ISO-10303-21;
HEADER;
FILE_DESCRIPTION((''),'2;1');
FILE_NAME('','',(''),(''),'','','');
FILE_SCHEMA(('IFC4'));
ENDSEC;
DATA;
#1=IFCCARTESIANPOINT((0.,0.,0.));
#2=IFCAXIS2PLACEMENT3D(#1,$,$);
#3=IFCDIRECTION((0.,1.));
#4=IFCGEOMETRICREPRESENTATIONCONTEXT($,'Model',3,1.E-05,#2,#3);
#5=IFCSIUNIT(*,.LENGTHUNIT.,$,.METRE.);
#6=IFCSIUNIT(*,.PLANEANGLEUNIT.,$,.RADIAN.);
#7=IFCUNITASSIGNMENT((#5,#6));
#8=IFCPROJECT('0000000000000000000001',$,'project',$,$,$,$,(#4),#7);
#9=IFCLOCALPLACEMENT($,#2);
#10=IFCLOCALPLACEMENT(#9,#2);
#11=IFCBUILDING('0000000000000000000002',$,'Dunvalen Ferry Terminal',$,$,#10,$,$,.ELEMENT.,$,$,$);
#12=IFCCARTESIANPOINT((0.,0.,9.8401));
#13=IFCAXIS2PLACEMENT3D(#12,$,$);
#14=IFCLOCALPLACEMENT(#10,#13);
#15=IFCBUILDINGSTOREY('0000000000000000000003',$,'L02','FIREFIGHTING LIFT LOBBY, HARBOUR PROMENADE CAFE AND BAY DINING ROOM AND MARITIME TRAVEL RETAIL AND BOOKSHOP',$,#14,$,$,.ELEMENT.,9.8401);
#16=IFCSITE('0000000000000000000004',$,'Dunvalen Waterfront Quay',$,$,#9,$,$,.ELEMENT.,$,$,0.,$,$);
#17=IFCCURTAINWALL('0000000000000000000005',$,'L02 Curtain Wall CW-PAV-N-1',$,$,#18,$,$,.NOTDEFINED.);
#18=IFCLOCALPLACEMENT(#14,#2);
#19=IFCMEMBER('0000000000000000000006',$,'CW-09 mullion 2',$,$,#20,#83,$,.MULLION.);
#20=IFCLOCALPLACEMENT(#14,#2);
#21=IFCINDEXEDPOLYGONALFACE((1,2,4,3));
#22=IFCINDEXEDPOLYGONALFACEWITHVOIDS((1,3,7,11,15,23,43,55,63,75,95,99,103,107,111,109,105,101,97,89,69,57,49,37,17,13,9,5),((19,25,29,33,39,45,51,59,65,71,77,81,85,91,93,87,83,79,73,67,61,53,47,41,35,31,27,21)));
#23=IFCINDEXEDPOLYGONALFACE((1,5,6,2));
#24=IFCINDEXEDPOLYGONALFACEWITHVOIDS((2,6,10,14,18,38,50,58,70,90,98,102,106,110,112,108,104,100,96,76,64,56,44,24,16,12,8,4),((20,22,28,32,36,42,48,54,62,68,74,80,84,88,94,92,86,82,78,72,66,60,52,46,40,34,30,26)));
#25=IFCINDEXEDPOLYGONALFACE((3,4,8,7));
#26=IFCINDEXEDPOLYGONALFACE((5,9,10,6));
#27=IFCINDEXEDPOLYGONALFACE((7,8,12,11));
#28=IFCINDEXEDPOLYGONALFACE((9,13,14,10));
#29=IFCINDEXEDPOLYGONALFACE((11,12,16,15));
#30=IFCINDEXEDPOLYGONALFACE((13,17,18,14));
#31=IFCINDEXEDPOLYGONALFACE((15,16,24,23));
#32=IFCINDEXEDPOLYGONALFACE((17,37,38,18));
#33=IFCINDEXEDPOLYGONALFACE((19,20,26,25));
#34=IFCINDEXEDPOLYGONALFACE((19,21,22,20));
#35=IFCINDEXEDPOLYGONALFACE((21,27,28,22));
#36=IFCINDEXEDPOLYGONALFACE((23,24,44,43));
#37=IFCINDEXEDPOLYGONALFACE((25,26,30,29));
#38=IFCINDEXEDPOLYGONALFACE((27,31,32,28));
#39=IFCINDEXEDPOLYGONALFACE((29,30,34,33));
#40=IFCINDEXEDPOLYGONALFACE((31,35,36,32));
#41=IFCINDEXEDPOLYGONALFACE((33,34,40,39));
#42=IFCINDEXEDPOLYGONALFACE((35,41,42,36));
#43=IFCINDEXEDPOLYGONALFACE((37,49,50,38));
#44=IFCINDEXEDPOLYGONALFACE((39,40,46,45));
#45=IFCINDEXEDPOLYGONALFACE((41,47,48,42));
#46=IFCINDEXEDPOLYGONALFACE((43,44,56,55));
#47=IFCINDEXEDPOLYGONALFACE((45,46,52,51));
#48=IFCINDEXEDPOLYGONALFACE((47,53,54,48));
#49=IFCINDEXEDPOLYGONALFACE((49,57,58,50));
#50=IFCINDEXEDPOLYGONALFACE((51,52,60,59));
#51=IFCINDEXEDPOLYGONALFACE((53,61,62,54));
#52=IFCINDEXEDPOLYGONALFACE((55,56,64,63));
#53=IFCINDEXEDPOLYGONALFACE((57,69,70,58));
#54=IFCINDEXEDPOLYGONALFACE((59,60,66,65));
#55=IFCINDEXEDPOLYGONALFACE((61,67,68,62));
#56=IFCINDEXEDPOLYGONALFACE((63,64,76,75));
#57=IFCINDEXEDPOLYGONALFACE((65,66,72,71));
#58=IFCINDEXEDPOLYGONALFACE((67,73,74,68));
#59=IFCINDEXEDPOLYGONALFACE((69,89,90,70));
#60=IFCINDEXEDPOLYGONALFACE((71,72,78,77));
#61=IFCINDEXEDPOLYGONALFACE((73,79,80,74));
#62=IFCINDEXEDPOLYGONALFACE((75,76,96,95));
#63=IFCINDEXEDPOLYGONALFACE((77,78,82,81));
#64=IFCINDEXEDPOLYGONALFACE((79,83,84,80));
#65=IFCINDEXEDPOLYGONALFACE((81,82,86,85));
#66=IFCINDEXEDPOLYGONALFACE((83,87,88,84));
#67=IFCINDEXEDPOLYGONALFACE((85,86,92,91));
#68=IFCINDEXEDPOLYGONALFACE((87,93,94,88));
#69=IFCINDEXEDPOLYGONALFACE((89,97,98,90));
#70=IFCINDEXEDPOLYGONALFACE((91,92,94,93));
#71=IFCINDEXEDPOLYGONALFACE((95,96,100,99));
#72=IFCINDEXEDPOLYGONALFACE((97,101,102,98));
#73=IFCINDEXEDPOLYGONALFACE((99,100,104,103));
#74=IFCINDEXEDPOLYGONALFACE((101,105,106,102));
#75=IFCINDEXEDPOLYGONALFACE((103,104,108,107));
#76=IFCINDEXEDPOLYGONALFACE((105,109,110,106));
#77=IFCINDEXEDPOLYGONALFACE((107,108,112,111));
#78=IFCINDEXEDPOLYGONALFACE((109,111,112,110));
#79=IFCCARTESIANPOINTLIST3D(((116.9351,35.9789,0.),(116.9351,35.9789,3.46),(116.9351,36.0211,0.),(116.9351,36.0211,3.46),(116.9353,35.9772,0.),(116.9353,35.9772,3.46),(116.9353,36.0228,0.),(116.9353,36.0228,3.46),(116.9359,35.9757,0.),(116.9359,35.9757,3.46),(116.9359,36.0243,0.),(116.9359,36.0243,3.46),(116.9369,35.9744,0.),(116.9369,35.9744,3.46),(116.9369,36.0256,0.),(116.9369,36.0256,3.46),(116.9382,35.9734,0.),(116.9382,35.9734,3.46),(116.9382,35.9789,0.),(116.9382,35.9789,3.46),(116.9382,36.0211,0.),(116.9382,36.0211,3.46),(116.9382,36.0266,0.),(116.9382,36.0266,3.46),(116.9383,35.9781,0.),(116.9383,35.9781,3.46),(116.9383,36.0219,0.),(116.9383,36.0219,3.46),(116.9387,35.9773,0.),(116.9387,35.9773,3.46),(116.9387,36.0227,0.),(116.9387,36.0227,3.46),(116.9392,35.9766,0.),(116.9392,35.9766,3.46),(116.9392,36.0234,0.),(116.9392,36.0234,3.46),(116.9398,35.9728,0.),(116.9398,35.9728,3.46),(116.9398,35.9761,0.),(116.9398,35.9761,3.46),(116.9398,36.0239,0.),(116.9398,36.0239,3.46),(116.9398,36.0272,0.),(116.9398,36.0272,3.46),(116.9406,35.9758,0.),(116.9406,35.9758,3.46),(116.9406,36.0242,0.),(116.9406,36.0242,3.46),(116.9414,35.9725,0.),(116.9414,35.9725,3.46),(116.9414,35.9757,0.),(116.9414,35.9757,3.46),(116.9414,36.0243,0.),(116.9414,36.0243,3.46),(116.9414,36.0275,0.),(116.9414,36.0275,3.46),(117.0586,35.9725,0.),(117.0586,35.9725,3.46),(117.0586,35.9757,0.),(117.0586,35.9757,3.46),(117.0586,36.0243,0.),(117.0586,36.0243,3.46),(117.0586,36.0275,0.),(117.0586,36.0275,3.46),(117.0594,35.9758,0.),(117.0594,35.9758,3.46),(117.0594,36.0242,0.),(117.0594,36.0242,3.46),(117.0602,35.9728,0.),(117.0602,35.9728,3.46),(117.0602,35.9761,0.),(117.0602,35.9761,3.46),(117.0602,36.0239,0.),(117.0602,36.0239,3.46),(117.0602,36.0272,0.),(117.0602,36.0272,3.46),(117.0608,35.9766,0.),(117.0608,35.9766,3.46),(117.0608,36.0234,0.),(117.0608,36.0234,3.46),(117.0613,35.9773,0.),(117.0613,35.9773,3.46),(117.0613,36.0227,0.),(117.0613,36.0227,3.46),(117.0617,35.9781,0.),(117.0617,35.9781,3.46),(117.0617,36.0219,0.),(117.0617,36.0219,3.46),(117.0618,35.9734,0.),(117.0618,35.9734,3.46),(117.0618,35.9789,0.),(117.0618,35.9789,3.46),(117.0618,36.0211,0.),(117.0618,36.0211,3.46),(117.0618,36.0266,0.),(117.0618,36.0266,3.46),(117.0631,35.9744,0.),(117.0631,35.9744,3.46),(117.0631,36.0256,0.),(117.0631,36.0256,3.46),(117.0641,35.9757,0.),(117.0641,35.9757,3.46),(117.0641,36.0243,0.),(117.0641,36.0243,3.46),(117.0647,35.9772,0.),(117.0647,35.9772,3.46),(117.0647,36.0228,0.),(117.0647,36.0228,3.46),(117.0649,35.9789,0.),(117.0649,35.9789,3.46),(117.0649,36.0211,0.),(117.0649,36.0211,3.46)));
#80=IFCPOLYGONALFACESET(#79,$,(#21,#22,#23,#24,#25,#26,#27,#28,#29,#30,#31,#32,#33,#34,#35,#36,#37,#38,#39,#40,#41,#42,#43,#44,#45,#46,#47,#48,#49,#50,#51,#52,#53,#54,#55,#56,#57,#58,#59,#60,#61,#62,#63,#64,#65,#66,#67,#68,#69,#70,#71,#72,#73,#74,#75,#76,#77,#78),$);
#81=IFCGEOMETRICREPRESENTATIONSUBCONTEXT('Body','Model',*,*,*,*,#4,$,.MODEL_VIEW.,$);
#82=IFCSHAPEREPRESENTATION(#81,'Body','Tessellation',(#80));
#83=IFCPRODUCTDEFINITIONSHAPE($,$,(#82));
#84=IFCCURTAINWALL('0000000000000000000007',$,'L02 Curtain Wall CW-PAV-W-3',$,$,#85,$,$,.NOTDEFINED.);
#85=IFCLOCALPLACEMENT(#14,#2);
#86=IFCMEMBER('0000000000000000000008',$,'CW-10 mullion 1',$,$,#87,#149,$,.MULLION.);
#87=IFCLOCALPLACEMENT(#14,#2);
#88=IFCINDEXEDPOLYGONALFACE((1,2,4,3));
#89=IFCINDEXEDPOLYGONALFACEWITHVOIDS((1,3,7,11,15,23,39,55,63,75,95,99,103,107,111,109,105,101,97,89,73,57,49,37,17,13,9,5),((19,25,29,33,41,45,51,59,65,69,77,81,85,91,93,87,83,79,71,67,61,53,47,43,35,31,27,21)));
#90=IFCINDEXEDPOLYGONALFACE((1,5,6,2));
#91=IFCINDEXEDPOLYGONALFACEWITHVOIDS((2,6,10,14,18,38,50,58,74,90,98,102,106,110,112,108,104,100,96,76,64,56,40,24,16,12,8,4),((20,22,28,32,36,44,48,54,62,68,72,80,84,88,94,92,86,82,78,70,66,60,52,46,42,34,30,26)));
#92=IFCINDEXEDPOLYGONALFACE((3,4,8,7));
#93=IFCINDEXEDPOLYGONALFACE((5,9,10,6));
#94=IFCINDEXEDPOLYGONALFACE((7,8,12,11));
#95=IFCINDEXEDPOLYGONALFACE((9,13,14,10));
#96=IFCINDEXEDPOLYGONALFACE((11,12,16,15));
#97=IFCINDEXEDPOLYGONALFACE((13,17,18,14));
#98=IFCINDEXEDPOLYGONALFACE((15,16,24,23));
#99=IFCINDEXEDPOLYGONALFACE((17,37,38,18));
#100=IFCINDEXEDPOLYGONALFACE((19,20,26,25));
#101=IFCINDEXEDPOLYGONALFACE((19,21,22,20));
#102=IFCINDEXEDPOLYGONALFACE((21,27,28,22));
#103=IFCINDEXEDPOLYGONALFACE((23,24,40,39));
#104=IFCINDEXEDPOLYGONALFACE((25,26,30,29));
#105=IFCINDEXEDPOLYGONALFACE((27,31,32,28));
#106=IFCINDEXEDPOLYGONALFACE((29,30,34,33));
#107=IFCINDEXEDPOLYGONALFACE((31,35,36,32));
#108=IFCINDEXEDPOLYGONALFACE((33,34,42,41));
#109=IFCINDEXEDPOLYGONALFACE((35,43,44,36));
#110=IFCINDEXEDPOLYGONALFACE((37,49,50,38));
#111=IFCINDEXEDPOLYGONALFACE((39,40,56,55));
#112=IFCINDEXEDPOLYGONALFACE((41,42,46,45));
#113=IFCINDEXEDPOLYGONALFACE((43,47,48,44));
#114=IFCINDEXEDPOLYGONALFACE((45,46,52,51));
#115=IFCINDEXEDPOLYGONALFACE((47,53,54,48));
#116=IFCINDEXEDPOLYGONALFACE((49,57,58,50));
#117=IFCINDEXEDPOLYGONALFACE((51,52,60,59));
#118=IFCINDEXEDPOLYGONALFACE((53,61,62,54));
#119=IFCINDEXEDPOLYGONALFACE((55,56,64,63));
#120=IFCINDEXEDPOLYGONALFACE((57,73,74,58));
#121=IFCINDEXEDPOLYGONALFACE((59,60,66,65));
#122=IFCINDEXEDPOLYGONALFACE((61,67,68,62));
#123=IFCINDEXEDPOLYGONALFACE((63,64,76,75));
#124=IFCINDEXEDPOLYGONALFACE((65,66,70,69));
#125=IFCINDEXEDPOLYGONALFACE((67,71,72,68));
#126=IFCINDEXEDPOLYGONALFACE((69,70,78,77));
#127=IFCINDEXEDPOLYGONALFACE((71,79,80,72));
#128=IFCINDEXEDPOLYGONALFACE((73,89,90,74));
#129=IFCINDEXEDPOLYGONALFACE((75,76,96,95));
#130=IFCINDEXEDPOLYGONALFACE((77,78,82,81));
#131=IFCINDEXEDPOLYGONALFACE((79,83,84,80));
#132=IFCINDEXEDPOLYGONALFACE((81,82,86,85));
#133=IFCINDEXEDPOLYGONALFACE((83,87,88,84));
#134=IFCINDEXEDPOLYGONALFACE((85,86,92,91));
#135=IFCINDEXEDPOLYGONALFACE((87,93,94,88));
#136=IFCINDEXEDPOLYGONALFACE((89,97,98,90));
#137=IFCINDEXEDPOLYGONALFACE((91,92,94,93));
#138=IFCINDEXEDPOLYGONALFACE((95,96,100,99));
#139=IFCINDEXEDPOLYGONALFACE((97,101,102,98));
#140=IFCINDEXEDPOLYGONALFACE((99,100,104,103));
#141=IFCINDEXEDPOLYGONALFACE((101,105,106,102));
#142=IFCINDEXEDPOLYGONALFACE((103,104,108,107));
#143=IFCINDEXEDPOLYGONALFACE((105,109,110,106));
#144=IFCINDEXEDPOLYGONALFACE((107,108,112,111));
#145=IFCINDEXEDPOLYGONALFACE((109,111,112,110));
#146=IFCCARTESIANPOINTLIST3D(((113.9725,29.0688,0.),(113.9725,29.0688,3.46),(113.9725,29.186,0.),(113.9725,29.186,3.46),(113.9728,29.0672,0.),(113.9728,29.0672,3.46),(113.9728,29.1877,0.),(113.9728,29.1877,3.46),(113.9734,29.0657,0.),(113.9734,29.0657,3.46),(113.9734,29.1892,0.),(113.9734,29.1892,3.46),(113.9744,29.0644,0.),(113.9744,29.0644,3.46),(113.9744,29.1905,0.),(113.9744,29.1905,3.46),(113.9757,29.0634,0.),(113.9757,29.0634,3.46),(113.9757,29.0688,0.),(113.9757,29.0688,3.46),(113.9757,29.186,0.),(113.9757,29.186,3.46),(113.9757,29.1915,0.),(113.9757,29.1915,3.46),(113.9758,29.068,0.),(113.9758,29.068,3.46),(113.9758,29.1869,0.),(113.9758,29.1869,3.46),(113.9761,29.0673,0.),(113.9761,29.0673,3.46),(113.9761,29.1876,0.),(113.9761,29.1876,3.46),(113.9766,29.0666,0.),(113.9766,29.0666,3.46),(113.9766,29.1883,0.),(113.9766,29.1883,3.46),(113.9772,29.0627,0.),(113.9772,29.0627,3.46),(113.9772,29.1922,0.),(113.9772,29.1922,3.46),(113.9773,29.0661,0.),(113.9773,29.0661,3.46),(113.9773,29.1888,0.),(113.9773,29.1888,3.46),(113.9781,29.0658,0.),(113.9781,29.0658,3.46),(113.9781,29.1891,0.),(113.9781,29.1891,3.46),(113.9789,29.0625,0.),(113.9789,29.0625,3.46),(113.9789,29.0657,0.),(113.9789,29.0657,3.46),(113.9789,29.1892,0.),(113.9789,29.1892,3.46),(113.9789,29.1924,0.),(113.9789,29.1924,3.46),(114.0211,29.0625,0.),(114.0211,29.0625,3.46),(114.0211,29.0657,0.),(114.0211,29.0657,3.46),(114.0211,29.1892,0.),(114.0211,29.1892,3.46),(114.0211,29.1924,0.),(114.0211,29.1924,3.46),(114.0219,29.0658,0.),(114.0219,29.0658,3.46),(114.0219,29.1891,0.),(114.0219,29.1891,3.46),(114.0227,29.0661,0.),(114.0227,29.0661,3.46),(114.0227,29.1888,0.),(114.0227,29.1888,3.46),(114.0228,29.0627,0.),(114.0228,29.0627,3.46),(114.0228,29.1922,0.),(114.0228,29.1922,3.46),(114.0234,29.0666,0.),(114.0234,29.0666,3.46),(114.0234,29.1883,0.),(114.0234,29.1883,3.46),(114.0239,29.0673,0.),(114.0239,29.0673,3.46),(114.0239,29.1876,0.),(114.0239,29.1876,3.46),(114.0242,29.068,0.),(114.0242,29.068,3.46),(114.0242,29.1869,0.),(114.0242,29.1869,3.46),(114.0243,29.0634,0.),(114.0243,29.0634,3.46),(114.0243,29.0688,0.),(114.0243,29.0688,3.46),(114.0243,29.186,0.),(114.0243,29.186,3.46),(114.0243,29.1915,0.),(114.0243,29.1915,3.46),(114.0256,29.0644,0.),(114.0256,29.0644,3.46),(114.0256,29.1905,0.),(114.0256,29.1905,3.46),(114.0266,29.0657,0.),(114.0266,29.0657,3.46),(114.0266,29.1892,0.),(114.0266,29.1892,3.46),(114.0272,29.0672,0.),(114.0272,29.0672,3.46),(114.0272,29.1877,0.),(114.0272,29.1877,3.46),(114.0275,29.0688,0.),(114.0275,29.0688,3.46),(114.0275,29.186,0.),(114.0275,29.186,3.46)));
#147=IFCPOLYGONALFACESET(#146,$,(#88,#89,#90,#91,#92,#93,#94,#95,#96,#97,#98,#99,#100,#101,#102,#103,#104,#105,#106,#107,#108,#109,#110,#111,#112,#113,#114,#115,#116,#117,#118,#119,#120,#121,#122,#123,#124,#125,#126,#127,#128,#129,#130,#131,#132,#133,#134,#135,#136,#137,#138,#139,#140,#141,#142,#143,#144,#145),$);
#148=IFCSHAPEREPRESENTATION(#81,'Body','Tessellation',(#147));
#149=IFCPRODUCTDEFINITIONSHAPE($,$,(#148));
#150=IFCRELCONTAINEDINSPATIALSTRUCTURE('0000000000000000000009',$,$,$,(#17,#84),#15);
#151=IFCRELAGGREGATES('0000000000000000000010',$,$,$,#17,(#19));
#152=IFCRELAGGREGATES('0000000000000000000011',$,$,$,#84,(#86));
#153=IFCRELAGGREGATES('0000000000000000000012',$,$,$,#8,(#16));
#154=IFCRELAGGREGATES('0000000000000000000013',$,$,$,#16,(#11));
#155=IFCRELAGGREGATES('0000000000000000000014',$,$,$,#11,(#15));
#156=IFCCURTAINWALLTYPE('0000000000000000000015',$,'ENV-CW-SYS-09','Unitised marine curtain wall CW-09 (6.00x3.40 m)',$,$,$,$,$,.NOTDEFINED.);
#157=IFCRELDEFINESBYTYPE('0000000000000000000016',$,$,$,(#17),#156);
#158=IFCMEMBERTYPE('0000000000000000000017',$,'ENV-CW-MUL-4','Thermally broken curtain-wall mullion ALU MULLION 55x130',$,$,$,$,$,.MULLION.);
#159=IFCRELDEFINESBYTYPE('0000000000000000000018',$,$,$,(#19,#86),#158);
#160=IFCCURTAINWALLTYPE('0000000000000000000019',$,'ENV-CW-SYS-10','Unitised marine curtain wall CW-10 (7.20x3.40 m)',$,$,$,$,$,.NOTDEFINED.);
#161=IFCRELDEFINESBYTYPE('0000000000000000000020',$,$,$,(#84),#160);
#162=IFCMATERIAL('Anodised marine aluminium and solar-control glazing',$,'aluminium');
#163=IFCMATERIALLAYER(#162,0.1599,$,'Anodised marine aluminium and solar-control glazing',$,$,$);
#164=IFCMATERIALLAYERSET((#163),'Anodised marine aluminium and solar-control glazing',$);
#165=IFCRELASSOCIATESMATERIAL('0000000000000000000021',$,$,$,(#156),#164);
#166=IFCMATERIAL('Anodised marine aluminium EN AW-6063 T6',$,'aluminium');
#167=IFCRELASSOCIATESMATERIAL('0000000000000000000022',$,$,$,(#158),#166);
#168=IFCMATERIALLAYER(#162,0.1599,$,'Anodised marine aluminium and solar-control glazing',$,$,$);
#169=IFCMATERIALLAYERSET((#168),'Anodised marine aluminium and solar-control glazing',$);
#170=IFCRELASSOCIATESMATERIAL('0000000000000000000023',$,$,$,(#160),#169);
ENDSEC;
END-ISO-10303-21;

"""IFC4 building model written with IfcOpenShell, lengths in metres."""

from ifc_helpers import new_model, si_unit, direction, frame, origin, origin_2d, place, context, subcontext, project, spatial, hollow_rectangle, extrude, material, layer, layer_set, material_profile, profile_set, type_object, element, aggregate, save


model = new_model("IFC4")

# Units and contexts
model_context = context("Model", 3, precision=1e-05, world=origin(), true_north=direction((0.0, 1.0)))
body_context = subcontext(model_context, "Body", "Model", "MODEL_VIEW")
ifc_project = project(units=[si_unit("LENGTHUNIT", "METRE"), si_unit("PLANEANGLEUNIT", "RADIAN")], contexts=[model_context])

# Site, building, storey
site_placement = place(None, origin())
site = spatial("IfcSite", under=ifc_project, at=site_placement, Name="Dunvalen Waterfront Quay", CompositionType="ELEMENT", RefElevation=0.0)
building_placement = place(site_placement, origin())
building = spatial("IfcBuilding", under=site, at=building_placement, Name="Dunvalen Ferry Terminal", CompositionType="ELEMENT")
storey_placement = place(building_placement, frame((0.0, 0.0, 9.8401)))
storey = spatial("IfcBuildingStorey", under=building, at=storey_placement, Name="L02", Description="FIREFIGHTING LIFT LOBBY, HARBOUR PROMENADE CAFE AND BAY DINING ROOM AND MARITIME TRAVEL RETAIL AND BOOKSHOP", CompositionType="ELEMENT", Elevation=9.8401)

# Curtain walls, members
ifc_material_1 = material(Name="Anodised marine aluminium and solar-control glazing", Category="aluminium")
ifc_layer_1 = layer(ifc_material_1, 0.1599, Name="Anodised marine aluminium and solar-control glazing")
ifc_layer_set_1 = layer_set([ifc_layer_1], Name="Anodised marine aluminium and solar-control glazing")
curtain_wall_type_1 = type_object("IfcCurtainWallType", Name="ENV-CW-SYS-09", Description="Unitised marine curtain wall CW-09 (6.00x3.40 m)", PredefinedType="NOTDEFINED", material=ifc_layer_set_1)
curtain_wall_1_placement = place(storey_placement, origin())
curtain_wall_1 = element("IfcCurtainWall", 1, at=curtain_wall_1_placement, inside=storey, type_object=curtain_wall_type_1, Name="L02 Curtain Wall CW-PAV-N-1", PredefinedType="NOTDEFINED")
ifc_material_2 = material(Name="Anodised marine aluminium EN AW-6063 T6", Category="aluminium")
ifc_material_profile_1 = material_profile(ifc_material_2, hollow_rectangle(XDim=0.0549, YDim=0.1299, WallThickness=0.0032, InnerFilletRadius=0.0032, OuterFilletRadius=0.0063, at=origin_2d()), Name="Anodised marine aluminium EN AW-6063 T6")
ifc_profile_set_1 = profile_set([ifc_material_profile_1], Name="Anodised marine aluminium EN AW-6063 T6")
member_type_1 = type_object("IfcMemberType", Name="ENV-CW-MUL-4", Description="Thermally broken curtain-wall mullion ALU MULLION 55x130", PredefinedType="MULLION", material=ifc_profile_set_1)
member_1_placement = place(storey_placement, frame((117.0, 36.0, 0.0), z_axis=(0.0, 0.0, 1.0), x_axis=(0.0, 1.0, 0.0)))
member_1 = element("IfcMember", 2, at=member_1_placement, type_object=member_type_1, Name="CW-09 mullion 2", PredefinedType="MULLION", context=body_context, shape_type="SweptSolid", body=[
    extrude(hollow_rectangle(XDim=0.0549, YDim=0.1299, WallThickness=0.0032, InnerFilletRadius=0.0032, OuterFilletRadius=0.0063, at=origin_2d()), origin(), (0.0, 0.0, 1.0), 3.46),
])
ifc_layer_2 = layer(ifc_material_1, 0.1599, Name="Anodised marine aluminium and solar-control glazing")
ifc_layer_set_2 = layer_set([ifc_layer_2], Name="Anodised marine aluminium and solar-control glazing")
curtain_wall_type_2 = type_object("IfcCurtainWallType", Name="ENV-CW-SYS-10", Description="Unitised marine curtain wall CW-10 (7.20x3.40 m)", PredefinedType="NOTDEFINED", material=ifc_layer_set_2)
curtain_wall_2_placement = place(storey_placement, origin())
curtain_wall_2 = element("IfcCurtainWall", 3, at=curtain_wall_2_placement, inside=storey, type_object=curtain_wall_type_2, Name="L02 Curtain Wall CW-PAV-W-3", PredefinedType="NOTDEFINED")
member_2_placement = place(storey_placement, frame((114.0, 29.1274, 0.0), z_axis=(0.0, 0.0, 1.0), x_axis=(-1.0, 0.0, 0.0)))
member_2 = element("IfcMember", 4, at=member_2_placement, type_object=member_type_1, Name="CW-10 mullion 1", PredefinedType="MULLION", context=body_context, shape_type="SweptSolid", body=[
    extrude(hollow_rectangle(XDim=0.0549, YDim=0.1299, WallThickness=0.0032, InnerFilletRadius=0.0032, OuterFilletRadius=0.0063, at=origin_2d()), origin(), (0.0, 0.0, 1.0), 3.46),
])

aggregate(curtain_wall_1, [member_1])
aggregate(curtain_wall_2, [member_2])

save(model, "model.ifc")
